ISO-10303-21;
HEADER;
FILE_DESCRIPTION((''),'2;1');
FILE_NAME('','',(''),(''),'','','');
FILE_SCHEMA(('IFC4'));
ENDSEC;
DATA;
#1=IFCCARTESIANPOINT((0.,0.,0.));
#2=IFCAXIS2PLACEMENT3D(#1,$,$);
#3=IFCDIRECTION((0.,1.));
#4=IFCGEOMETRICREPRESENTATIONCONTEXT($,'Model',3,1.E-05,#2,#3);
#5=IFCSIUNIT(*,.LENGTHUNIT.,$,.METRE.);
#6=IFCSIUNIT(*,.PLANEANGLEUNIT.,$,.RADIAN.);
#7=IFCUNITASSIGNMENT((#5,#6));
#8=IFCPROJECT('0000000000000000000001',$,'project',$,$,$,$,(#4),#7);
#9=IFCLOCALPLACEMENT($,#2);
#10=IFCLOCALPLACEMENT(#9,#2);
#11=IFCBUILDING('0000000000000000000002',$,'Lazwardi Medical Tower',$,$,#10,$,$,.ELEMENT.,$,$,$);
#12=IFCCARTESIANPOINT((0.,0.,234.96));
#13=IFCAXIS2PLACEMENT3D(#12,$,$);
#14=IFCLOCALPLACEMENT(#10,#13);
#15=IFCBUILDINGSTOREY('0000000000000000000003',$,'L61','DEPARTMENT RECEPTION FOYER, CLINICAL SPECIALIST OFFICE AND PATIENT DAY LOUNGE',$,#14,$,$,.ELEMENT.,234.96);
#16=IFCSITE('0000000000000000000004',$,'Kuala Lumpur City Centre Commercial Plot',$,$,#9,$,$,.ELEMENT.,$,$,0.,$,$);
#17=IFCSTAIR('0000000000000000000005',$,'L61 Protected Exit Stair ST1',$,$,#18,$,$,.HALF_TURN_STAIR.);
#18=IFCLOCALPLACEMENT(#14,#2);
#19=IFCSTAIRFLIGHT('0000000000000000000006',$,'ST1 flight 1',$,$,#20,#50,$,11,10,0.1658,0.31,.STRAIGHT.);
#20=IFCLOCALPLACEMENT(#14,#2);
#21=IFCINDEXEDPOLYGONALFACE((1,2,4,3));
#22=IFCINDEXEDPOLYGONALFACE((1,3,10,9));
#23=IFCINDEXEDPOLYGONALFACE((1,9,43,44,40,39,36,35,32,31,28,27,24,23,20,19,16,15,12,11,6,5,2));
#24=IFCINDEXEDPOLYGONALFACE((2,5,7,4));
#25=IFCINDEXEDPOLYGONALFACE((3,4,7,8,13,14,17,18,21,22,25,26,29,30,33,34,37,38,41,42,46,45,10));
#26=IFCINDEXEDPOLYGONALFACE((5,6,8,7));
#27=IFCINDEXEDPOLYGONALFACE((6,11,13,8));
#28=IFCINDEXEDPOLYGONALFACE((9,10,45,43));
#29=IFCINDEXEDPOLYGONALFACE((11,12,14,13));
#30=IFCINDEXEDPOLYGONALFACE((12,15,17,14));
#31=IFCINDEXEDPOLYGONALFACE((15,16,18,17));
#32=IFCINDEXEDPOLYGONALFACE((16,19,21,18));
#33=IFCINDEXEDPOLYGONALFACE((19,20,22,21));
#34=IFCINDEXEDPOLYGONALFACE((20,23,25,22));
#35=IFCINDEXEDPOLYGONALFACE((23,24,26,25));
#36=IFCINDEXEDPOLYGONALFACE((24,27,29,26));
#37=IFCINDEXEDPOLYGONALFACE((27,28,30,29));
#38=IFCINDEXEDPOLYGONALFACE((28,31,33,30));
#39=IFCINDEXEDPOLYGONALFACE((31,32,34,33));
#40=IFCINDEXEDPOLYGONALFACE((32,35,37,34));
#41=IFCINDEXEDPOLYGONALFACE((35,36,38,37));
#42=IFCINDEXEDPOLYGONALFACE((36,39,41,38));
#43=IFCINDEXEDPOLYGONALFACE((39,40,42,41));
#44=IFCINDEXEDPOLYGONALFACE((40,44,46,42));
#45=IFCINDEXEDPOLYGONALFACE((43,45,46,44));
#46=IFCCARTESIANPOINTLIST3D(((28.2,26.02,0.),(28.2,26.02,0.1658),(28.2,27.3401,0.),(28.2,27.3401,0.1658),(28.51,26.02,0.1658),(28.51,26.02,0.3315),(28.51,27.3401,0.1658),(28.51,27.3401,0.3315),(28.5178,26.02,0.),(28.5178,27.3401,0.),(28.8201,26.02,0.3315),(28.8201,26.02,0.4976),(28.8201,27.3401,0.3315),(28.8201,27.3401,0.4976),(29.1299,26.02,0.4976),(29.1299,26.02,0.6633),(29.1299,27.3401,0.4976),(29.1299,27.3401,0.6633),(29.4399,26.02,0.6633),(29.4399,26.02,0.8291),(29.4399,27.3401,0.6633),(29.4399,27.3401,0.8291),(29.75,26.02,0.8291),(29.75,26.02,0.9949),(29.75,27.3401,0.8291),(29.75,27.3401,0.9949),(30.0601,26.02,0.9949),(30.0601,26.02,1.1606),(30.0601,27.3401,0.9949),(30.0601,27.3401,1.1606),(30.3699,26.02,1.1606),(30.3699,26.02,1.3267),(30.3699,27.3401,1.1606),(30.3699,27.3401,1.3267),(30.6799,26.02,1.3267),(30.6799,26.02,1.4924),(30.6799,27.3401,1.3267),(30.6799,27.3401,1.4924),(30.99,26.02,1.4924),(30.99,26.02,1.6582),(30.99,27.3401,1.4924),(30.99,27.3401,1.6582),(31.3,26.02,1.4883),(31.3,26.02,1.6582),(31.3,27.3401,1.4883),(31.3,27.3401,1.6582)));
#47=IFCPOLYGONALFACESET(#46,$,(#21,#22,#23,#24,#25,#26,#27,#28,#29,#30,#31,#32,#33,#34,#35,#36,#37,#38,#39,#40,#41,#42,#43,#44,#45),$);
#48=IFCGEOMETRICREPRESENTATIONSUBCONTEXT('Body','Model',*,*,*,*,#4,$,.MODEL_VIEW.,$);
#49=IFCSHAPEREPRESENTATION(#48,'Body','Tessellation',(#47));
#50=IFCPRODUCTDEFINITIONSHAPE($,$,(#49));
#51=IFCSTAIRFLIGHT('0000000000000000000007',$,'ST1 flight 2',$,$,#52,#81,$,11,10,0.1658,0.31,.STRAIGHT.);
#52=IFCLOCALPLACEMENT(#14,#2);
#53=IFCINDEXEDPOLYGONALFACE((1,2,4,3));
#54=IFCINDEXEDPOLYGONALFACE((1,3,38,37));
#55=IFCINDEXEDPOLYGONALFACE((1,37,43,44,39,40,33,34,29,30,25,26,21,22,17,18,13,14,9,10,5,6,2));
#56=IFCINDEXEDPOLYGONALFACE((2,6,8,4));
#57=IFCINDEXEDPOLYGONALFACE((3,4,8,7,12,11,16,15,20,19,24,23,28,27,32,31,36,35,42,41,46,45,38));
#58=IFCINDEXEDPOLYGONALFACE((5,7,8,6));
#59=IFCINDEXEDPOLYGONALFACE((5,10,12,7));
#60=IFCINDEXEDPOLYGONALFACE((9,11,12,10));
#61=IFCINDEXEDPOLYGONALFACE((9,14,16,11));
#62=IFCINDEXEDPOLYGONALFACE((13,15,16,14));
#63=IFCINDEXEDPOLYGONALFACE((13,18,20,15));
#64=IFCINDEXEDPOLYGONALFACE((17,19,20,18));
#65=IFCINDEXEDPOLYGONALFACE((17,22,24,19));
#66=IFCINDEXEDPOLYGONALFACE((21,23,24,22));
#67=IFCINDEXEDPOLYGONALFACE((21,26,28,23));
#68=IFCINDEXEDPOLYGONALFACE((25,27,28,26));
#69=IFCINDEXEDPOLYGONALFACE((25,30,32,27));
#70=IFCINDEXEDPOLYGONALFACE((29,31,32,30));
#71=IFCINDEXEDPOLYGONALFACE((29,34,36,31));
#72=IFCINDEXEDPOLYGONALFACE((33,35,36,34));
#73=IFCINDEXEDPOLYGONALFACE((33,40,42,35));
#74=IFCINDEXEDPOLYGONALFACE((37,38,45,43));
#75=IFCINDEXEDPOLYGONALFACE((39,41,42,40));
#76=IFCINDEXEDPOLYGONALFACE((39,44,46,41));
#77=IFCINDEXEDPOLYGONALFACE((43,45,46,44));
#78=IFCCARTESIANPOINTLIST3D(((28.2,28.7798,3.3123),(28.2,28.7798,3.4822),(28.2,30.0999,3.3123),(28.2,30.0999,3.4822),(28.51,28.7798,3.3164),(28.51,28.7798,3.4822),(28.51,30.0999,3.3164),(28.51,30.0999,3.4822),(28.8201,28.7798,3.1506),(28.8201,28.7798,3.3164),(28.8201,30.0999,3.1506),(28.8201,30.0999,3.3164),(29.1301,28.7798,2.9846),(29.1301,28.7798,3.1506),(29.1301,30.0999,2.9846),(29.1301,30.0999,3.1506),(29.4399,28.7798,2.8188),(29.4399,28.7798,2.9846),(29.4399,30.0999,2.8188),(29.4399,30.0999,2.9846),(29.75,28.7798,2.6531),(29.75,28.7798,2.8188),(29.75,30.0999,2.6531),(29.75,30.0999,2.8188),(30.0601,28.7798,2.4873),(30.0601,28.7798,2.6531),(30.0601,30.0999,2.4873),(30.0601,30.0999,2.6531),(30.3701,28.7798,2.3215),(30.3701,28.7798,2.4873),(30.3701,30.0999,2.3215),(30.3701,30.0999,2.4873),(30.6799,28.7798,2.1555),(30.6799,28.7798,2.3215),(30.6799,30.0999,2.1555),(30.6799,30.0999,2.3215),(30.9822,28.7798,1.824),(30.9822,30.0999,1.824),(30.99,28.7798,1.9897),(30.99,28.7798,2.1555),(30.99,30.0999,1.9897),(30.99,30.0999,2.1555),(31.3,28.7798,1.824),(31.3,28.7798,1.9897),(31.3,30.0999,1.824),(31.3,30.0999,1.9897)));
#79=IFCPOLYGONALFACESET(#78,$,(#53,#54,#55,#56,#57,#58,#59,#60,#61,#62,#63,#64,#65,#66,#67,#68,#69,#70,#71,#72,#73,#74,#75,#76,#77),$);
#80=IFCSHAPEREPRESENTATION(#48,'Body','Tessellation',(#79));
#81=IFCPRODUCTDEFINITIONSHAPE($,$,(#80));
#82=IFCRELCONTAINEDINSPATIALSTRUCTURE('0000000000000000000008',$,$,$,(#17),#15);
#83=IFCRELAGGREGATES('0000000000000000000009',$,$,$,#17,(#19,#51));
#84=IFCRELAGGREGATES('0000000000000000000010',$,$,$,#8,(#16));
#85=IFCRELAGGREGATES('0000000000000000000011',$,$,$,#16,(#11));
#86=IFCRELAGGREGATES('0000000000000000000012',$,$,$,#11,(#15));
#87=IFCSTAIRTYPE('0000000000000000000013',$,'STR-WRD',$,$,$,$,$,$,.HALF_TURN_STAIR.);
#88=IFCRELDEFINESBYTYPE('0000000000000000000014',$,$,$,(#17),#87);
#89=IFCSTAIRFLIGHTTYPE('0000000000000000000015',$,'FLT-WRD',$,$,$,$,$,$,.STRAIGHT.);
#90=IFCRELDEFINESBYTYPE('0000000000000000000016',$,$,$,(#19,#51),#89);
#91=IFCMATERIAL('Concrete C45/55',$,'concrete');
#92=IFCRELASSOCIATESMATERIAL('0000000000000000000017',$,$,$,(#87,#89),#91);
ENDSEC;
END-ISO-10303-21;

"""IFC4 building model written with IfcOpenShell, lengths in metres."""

from ifc_helpers import new_model, si_unit, direction, frame, origin, place, context, subcontext, project, spatial, polyline, outline, extrude, material, type_object, element, aggregate, save


model = new_model("IFC4")

# Units and contexts
model_context = context("Model", 3, precision=1e-05, world=origin(), true_north=direction((0.0, 1.0)))
body_context = subcontext(model_context, "Body", "Model", "MODEL_VIEW")
ifc_project = project(units=[si_unit("LENGTHUNIT", "METRE"), si_unit("PLANEANGLEUNIT", "RADIAN")], contexts=[model_context])

# Site, building, storey
site_placement = place(None, origin())
site = spatial("IfcSite", under=ifc_project, at=site_placement, Name="Kuala Lumpur City Centre Commercial Plot", CompositionType="ELEMENT", RefElevation=0.0)
building_placement = place(site_placement, origin())
building = spatial("IfcBuilding", under=site, at=building_placement, Name="Lazwardi Medical Tower", CompositionType="ELEMENT")
storey_placement = place(building_placement, frame((0.0, 0.0, 234.96)))
storey = spatial("IfcBuildingStorey", under=building, at=storey_placement, Name="L61", Description="DEPARTMENT RECEPTION FOYER, CLINICAL SPECIALIST OFFICE AND PATIENT DAY LOUNGE", CompositionType="ELEMENT", Elevation=234.96)

# Stair, stair flights
ifc_material_1 = material(Name="Concrete C45/55", Category="concrete")
stair_type = type_object("IfcStairType", Name="STR-WRD", PredefinedType="HALF_TURN_STAIR", material=ifc_material_1)
stair_placement = place(storey_placement, origin())
stair = element("IfcStair", 1, at=stair_placement, inside=storey, type_object=stair_type, Name="L61 Protected Exit Stair ST1", PredefinedType="HALF_TURN_STAIR")
stair_flight_type = type_object("IfcStairFlightType", Name="FLT-WRD", PredefinedType="STRAIGHT", material=ifc_material_1)
stair_flight_1_placement = place(storey_placement, frame((28.2, 26.6799, 0.0), z_axis=(0.0, 0.0, 1.0), x_axis=(1.0, 0.0, 0.0)))
stair_flight_1 = element("IfcStairFlight", 2, at=stair_flight_1_placement, type_object=stair_flight_type, Name="ST1 flight 1", NumberOfRisers=11, NumberOfTreads=10, PredefinedType="STRAIGHT", RiserHeight=0.1658, TreadLength=0.31, context=body_context, shape_type="SweptSolid", body=[
    extrude(outline(polyline([(0.0, 0.0), (0.0, 0.1658), (0.3101, 0.1658), (0.3101, 0.3315), (0.6201, 0.3315), (0.6201, 0.4976), (0.9299, 0.4976), (0.9299, 0.6633), (1.24, 0.6633), (1.24, 0.8291), (1.55, 0.8291), (1.55, 0.9949), (1.8601, 0.9949), (1.8601, 1.1606), (2.1699, 1.1606), (2.1699, 1.3267), (2.48, 1.3267), (2.48, 1.4924), (2.79, 1.4924), (2.79, 1.6582), (3.1001, 1.6582), (3.1001, 1.824), (3.1001, 1.4883), (0.3179, 0.0), (0.0, 0.0)])), frame((0.0, 0.6602, 0.0), z_axis=(0.0, -1.0, 0.0), x_axis=(1.0, 0.0, 0.0)), (0.0, 0.0, 1.0), 1.3201),
])
stair_flight_2_placement = place(storey_placement, frame((31.3, 29.4399, 1.824), z_axis=(0.0, 0.0, 1.0), x_axis=(-1.0, 0.0, 0.0)))
stair_flight_2 = element("IfcStairFlight", 3, at=stair_flight_2_placement, type_object=stair_flight_type, Name="ST1 flight 2", NumberOfRisers=11, NumberOfTreads=10, PredefinedType="STRAIGHT", RiserHeight=0.1658, TreadLength=0.31, context=body_context, shape_type="SweptSolid", body=[
    extrude(outline(polyline([(0.0, 0.0), (0.0, 0.1658), (0.3101, 0.1658), (0.3101, 0.3315), (0.6201, 0.3315), (0.6201, 0.4976), (0.9299, 0.4976), (0.9299, 0.6633), (1.24, 0.6633), (1.24, 0.8291), (1.55, 0.8291), (1.55, 0.9949), (1.8601, 0.9949), (1.8601, 1.1606), (2.1699, 1.1606), (2.1699, 1.3267), (2.48, 1.3267), (2.48, 1.4924), (2.79, 1.4924), (2.79, 1.6582), (3.1001, 1.6582), (3.1001, 1.824), (3.1001, 1.4883), (0.3179, 0.0), (0.0, 0.0)])), frame((0.0, 0.6602, 0.0), z_axis=(0.0, -1.0, 0.0), x_axis=(1.0, 0.0, 0.0)), (0.0, 0.0, 1.0), 1.3201),
])
aggregate(stair, [stair_flight_1, stair_flight_2])

save(model, "model.ifc")
